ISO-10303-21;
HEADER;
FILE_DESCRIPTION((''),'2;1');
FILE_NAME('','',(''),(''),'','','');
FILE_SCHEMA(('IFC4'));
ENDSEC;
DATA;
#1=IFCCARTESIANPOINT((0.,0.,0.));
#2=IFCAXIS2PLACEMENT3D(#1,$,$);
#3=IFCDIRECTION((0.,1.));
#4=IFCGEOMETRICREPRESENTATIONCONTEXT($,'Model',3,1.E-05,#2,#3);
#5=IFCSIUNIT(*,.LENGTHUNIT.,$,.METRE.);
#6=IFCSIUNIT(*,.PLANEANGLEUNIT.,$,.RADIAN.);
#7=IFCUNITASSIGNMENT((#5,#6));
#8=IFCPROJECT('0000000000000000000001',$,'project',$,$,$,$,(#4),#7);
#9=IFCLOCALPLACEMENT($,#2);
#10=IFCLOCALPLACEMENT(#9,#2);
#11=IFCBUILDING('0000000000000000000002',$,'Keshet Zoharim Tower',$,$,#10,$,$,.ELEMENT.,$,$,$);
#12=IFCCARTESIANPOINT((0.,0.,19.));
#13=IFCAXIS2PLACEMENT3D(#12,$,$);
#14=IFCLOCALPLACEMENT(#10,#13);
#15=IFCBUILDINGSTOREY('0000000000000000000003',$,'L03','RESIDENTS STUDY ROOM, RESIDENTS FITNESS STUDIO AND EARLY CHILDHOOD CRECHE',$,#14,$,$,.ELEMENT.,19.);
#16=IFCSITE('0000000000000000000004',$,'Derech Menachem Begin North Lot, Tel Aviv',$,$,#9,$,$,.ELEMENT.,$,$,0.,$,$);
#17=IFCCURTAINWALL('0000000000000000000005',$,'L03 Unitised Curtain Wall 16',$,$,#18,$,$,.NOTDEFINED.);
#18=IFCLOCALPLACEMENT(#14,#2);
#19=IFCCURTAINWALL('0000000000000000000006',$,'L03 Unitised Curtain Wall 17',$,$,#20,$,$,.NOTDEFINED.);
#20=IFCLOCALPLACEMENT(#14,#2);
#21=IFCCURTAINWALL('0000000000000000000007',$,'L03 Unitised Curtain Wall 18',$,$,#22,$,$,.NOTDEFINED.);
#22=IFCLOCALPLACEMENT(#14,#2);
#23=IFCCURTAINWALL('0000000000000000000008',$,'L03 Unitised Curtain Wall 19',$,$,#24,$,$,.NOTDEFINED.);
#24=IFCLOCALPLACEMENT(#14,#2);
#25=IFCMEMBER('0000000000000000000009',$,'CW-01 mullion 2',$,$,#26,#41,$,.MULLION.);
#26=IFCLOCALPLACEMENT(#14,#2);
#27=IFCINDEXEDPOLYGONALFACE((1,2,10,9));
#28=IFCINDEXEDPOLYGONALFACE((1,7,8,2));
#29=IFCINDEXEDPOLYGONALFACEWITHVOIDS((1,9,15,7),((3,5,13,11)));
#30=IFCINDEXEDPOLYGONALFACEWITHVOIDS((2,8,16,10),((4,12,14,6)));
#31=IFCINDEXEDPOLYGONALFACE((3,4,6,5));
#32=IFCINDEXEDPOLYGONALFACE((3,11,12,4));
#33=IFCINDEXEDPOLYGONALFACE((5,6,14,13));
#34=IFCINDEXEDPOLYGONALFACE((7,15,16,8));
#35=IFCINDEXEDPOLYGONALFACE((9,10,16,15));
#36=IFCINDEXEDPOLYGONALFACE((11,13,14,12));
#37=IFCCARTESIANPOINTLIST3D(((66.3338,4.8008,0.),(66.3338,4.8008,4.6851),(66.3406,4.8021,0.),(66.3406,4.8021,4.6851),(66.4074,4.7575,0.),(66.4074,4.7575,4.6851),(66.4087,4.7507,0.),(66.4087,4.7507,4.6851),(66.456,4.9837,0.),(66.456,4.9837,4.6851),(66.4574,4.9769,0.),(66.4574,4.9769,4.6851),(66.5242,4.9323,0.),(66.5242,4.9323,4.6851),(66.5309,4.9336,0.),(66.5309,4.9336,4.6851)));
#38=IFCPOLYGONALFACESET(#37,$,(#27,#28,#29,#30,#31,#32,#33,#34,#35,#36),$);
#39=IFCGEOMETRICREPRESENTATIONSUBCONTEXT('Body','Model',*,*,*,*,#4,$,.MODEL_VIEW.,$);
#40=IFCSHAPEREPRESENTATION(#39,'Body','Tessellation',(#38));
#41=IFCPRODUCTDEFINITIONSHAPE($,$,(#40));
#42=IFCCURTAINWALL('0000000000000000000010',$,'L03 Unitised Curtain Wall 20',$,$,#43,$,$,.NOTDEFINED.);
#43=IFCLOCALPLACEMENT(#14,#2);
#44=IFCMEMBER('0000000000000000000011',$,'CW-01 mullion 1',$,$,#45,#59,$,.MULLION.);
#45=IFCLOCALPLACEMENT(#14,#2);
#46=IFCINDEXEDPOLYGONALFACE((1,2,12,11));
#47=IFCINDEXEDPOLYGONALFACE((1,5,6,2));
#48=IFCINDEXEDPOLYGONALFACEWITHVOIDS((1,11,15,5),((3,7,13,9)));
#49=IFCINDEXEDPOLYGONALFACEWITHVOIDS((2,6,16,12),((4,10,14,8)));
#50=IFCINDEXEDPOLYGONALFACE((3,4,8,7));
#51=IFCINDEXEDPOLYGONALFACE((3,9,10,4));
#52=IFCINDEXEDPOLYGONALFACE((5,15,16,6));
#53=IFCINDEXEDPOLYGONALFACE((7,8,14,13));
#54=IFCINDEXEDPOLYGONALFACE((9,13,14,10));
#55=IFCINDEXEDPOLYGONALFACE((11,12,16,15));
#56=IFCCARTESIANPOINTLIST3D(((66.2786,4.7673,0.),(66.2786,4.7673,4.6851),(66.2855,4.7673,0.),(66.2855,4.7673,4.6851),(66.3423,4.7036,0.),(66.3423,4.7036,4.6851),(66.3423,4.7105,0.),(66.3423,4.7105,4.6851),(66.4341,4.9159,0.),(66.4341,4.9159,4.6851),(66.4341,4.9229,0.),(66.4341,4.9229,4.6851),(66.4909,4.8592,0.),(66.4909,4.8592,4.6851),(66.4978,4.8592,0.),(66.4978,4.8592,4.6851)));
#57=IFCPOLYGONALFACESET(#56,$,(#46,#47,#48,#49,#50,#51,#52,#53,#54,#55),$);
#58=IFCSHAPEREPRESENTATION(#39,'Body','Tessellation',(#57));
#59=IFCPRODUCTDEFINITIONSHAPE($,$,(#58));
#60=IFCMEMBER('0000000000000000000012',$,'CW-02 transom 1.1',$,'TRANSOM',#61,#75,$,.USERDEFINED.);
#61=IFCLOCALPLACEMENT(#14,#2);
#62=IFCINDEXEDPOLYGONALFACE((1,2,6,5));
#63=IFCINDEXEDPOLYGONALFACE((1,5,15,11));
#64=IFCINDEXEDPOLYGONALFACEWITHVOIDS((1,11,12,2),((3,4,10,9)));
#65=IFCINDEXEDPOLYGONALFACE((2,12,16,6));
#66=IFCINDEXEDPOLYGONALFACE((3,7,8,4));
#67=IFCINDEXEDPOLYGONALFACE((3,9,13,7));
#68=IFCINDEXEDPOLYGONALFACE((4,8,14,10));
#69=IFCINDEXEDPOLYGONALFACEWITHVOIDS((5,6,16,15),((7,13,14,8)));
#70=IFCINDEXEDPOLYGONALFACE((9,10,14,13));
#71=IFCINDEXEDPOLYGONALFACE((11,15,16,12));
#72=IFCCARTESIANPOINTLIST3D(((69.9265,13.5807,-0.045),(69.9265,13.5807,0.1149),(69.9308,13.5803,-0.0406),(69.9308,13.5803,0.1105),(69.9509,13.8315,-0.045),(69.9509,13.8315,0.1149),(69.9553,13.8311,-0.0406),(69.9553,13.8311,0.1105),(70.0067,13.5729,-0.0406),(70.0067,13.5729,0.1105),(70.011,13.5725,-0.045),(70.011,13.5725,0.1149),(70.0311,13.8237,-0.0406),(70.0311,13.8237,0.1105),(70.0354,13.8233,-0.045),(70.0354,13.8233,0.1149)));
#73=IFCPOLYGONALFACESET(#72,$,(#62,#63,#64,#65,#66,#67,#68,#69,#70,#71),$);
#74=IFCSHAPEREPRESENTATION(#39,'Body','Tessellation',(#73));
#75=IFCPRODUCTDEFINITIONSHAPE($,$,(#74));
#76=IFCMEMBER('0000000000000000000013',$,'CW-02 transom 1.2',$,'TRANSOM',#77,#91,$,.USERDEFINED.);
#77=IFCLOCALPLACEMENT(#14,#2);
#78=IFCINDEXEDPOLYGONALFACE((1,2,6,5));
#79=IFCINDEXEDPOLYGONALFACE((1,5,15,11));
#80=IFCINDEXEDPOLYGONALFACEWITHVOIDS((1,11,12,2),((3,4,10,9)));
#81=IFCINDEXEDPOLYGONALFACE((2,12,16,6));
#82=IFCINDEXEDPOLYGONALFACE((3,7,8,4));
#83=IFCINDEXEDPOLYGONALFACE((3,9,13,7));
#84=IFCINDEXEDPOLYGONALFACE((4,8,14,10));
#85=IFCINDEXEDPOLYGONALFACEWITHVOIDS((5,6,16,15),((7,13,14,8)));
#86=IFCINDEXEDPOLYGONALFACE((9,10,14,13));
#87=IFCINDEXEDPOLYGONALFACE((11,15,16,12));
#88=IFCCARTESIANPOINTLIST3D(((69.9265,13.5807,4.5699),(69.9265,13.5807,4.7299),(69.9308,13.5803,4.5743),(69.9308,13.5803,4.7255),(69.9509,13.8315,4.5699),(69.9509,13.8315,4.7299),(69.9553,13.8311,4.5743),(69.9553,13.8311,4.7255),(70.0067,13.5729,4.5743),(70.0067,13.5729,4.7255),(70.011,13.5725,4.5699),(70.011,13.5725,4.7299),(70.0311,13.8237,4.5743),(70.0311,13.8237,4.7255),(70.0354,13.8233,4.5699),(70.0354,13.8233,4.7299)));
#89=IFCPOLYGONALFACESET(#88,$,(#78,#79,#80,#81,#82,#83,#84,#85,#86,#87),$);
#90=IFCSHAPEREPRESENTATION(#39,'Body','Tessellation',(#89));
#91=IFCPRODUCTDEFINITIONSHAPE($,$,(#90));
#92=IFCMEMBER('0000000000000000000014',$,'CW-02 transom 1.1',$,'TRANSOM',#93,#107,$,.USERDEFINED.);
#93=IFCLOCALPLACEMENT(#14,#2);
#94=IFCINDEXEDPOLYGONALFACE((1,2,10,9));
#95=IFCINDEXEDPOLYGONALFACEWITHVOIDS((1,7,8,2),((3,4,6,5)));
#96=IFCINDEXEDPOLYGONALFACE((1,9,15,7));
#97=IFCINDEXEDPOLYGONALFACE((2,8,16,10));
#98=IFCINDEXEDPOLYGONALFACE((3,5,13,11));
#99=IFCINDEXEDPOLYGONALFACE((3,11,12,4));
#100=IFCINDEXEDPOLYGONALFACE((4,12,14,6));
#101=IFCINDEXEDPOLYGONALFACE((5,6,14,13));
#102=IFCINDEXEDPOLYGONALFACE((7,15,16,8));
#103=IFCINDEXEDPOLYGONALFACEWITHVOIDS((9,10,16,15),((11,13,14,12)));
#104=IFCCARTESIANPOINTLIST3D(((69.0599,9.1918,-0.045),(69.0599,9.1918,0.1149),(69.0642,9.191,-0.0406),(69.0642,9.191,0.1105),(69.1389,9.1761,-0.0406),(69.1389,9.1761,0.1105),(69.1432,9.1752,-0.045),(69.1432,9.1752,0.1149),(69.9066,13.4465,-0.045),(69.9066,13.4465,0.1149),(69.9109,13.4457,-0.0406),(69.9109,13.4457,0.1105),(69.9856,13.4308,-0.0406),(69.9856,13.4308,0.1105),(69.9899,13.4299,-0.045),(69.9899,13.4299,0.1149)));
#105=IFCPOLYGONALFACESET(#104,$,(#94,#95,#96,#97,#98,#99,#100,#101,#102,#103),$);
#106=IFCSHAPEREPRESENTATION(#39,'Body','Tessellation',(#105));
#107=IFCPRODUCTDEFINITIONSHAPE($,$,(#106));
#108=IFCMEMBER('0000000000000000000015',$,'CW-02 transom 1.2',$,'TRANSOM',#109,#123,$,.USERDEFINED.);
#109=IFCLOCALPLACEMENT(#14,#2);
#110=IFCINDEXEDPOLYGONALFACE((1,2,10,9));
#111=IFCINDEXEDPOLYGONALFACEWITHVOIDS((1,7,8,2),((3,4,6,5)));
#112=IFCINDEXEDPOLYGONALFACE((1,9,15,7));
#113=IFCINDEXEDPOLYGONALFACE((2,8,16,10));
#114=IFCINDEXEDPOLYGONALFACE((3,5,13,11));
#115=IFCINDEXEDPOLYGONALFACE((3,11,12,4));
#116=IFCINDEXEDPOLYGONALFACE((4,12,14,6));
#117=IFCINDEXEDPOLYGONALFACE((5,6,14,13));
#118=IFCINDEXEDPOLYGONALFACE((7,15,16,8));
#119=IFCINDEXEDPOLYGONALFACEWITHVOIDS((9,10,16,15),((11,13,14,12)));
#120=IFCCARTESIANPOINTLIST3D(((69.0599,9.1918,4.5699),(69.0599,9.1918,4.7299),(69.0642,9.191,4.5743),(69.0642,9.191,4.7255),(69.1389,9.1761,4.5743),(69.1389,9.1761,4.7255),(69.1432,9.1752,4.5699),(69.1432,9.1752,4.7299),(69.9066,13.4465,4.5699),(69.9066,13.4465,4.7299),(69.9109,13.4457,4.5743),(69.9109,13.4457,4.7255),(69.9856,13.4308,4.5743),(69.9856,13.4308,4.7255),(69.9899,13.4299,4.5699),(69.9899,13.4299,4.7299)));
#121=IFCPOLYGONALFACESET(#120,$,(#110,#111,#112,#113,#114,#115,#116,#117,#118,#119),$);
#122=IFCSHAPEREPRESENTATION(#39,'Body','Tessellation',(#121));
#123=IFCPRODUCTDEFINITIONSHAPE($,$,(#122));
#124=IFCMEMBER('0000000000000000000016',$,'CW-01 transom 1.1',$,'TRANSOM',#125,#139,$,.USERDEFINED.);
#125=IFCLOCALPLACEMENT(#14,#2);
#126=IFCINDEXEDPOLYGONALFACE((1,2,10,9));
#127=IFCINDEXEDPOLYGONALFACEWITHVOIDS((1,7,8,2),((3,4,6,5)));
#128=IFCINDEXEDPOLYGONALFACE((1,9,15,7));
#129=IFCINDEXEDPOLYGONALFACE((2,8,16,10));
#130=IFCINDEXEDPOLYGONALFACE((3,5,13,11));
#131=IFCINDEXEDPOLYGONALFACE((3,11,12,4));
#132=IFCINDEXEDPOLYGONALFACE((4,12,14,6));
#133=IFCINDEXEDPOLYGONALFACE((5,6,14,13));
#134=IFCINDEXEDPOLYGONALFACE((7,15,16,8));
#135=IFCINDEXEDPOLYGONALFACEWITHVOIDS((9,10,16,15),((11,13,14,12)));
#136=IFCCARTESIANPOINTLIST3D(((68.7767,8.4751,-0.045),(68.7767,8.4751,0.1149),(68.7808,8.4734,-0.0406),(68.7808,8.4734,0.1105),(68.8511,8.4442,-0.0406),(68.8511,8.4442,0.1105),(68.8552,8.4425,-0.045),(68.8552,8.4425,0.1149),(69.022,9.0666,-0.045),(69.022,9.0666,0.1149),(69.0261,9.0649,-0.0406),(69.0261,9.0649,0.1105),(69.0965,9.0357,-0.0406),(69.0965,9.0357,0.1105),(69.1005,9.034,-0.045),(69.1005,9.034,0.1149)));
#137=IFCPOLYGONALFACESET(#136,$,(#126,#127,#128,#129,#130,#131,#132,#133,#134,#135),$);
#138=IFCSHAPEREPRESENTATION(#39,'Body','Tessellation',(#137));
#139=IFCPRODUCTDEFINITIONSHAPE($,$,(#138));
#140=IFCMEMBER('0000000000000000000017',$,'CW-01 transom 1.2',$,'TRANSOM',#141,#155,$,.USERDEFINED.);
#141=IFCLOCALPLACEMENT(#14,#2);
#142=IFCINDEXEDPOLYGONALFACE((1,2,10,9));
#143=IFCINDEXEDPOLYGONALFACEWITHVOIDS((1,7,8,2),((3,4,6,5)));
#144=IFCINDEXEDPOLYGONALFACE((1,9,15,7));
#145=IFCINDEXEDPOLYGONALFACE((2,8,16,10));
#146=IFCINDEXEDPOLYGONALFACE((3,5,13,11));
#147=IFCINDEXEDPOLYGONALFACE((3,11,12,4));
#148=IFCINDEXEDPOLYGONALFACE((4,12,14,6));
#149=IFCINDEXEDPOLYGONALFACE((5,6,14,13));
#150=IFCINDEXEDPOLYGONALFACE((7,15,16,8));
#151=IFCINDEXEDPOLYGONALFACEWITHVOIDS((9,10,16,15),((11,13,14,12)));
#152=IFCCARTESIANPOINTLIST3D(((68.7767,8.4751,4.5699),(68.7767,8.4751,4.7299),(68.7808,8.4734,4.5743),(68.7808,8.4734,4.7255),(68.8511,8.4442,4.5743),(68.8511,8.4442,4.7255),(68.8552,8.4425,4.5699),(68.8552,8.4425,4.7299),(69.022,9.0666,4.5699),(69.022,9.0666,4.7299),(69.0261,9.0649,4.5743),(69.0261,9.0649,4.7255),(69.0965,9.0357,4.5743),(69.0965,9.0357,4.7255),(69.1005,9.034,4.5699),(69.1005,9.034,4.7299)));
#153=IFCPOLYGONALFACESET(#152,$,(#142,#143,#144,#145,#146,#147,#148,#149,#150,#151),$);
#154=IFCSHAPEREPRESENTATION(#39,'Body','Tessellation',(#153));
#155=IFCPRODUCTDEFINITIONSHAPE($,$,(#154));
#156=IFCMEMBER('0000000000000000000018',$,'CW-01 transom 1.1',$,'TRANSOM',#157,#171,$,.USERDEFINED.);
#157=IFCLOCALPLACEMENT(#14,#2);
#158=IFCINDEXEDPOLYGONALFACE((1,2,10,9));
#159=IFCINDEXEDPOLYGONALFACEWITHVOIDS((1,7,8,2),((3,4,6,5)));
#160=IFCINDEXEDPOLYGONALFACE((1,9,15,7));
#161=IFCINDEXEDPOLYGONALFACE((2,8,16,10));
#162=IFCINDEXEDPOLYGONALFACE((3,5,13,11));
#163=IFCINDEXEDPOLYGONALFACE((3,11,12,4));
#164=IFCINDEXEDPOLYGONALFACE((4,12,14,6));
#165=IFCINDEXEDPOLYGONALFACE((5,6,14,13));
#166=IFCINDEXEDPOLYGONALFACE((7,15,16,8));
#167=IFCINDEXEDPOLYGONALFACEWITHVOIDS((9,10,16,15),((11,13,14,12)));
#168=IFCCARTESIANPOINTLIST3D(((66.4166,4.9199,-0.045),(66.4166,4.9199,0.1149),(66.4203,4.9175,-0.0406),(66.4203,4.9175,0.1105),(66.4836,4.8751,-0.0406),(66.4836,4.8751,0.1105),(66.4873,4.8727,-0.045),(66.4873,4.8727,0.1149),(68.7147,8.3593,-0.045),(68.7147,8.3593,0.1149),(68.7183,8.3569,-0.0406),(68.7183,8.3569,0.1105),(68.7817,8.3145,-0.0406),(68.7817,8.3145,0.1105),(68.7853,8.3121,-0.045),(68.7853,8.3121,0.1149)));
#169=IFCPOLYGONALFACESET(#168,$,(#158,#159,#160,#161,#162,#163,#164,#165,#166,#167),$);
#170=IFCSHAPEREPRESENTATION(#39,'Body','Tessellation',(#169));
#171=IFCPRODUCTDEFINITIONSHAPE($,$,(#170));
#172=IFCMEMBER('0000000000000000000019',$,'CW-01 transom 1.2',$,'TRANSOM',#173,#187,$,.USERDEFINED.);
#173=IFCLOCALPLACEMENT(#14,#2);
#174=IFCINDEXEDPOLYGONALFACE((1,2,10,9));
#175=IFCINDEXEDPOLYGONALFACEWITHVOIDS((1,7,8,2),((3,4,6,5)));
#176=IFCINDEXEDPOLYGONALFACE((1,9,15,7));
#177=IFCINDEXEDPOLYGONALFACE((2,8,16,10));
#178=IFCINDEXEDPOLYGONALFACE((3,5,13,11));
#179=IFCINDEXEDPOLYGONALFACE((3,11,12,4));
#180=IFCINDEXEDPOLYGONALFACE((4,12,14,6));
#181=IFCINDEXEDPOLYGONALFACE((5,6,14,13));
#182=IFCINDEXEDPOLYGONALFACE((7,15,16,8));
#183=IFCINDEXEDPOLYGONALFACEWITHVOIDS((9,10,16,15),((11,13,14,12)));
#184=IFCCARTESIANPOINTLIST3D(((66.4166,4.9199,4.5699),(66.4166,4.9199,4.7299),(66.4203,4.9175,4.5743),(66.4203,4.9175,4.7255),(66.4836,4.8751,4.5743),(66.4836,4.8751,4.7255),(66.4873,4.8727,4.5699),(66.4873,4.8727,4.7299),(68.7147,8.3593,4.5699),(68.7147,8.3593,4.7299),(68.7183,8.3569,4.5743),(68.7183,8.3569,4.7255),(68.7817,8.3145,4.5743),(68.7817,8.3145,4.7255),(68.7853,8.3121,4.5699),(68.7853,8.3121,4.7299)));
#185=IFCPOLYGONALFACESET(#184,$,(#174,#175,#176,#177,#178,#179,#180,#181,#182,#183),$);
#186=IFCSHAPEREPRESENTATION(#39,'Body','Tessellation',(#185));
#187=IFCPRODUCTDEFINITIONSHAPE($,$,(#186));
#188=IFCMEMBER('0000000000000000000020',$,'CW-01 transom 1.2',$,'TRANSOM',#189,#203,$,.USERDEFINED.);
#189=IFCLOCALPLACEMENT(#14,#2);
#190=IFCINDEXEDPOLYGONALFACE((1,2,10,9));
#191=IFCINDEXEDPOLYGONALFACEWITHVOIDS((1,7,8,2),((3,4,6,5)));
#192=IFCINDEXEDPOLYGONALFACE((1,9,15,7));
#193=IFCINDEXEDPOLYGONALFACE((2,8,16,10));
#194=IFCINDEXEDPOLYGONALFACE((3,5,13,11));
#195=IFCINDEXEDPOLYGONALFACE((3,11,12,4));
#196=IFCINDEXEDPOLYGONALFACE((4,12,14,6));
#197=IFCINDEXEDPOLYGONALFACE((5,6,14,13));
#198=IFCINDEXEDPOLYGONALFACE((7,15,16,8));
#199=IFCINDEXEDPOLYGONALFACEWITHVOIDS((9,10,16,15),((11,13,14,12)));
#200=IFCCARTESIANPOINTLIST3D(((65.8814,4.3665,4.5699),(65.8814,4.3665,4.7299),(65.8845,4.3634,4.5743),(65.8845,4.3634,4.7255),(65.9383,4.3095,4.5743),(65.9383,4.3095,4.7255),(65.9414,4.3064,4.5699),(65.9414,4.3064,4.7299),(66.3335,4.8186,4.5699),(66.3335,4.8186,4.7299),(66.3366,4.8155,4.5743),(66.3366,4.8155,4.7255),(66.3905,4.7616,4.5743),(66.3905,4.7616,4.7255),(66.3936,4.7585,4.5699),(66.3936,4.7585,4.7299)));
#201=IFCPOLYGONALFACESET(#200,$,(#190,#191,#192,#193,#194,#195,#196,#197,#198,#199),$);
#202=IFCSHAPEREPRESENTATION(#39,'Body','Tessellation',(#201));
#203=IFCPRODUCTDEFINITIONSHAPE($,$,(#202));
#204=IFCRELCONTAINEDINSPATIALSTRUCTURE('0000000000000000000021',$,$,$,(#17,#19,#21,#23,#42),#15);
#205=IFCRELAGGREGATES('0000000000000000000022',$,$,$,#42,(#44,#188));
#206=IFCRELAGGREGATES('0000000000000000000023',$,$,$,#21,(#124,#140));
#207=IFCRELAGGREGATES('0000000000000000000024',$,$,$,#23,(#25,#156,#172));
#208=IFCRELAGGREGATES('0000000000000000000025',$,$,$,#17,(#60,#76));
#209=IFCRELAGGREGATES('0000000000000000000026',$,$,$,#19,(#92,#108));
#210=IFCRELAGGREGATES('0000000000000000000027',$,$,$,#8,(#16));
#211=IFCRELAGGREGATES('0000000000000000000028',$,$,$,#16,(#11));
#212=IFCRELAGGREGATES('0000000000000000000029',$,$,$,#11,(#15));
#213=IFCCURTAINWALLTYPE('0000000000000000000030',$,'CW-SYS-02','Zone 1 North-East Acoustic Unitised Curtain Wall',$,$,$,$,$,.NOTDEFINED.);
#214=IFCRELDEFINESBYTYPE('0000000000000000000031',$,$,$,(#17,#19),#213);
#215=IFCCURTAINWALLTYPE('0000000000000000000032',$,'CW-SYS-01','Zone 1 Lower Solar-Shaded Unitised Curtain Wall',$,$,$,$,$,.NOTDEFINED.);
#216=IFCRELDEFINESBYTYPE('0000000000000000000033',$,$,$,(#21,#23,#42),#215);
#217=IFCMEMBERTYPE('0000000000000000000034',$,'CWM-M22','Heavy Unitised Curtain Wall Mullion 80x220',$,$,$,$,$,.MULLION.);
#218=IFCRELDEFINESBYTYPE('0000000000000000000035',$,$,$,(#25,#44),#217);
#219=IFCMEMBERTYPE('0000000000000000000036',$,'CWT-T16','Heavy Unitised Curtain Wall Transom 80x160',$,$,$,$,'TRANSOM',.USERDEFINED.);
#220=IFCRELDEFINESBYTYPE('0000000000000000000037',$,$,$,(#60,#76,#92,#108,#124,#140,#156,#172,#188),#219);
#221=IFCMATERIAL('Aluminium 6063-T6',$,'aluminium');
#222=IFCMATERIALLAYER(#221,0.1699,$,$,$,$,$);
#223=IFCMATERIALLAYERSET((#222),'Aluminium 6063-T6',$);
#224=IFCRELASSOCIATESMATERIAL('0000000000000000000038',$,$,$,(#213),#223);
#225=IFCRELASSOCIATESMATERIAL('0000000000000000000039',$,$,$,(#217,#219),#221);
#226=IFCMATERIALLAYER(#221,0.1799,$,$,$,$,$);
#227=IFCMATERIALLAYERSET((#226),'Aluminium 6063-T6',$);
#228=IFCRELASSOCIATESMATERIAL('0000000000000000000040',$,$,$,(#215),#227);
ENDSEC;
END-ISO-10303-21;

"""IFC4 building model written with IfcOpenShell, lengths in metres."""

from ifc_helpers import new_model, si_unit, direction, frame, origin, origin_2d, place, context, subcontext, project, spatial, hollow_rectangle, extrude, material, layer, layer_set, material_profile, profile_set, type_object, element, aggregate, save


model = new_model("IFC4")

# Units and contexts
model_context = context("Model", 3, precision=1e-05, world=origin(), true_north=direction((0.0, 1.0)))
body_context = subcontext(model_context, "Body", "Model", "MODEL_VIEW")
ifc_project = project(units=[si_unit("LENGTHUNIT", "METRE"), si_unit("PLANEANGLEUNIT", "RADIAN")], contexts=[model_context])

# Site, building, storey
site_placement = place(None, origin())
site = spatial("IfcSite", under=ifc_project, at=site_placement, Name="Derech Menachem Begin North Lot, Tel Aviv", CompositionType="ELEMENT", RefElevation=0.0)
building_placement = place(site_placement, origin())
building = spatial("IfcBuilding", under=site, at=building_placement, Name="Keshet Zoharim Tower", CompositionType="ELEMENT")
storey_placement = place(building_placement, frame((0.0, 0.0, 19.0)))
storey = spatial("IfcBuildingStorey", under=building, at=storey_placement, Name="L03", Description="RESIDENTS STUDY ROOM, RESIDENTS FITNESS STUDIO AND EARLY CHILDHOOD CRECHE", CompositionType="ELEMENT", Elevation=19.0)

# Shared definitions
ifc_material_1 = material(Name="Aluminium 6063-T6", Category="aluminium")
ifc_layer_1 = layer(ifc_material_1, 0.1699)
ifc_layer_set_1 = layer_set([ifc_layer_1], Name="Aluminium 6063-T6")
curtain_wall_type_1 = type_object("IfcCurtainWallType", Name="CW-SYS-02", Description="Zone 1 North-East Acoustic Unitised Curtain Wall", PredefinedType="NOTDEFINED", material=ifc_layer_set_1)
ifc_material_profile_1 = material_profile(ifc_material_1, hollow_rectangle(XDim=0.0901, YDim=0.22, WallThickness=0.0049, at=origin_2d()), Name="MUL-90x220")
ifc_profile_set_1 = profile_set([ifc_material_profile_1], Name="Aluminium 6063-T6")
member_type_1 = type_object("IfcMemberType", Name="CWM-M22", Description="Heavy Unitised Curtain Wall Mullion 80x220", PredefinedType="MULLION", material=ifc_profile_set_1)

# Curtain walls, member
curtain_wall_1_placement = place(storey_placement, origin())
curtain_wall_1 = element("IfcCurtainWall", 1, at=curtain_wall_1_placement, inside=storey, type_object=curtain_wall_type_1, Name="L03 Unitised Curtain Wall 16", PredefinedType="NOTDEFINED")
curtain_wall_2_placement = place(storey_placement, origin())
curtain_wall_2 = element("IfcCurtainWall", 2, at=curtain_wall_2_placement, inside=storey, type_object=curtain_wall_type_1, Name="L03 Unitised Curtain Wall 17", PredefinedType="NOTDEFINED")
ifc_layer_2 = layer(ifc_material_1, 0.1799)
ifc_layer_set_2 = layer_set([ifc_layer_2], Name="Aluminium 6063-T6")
curtain_wall_type_2 = type_object("IfcCurtainWallType", Name="CW-SYS-01", Description="Zone 1 Lower Solar-Shaded Unitised Curtain Wall", PredefinedType="NOTDEFINED", material=ifc_layer_set_2)
curtain_wall_3_placement = place(storey_placement, origin())
curtain_wall_3 = element("IfcCurtainWall", 3, at=curtain_wall_3_placement, inside=storey, type_object=curtain_wall_type_2, Name="L03 Unitised Curtain Wall 18", PredefinedType="NOTDEFINED")
curtain_wall_4_placement = place(storey_placement, origin())
curtain_wall_4 = element("IfcCurtainWall", 4, at=curtain_wall_4_placement, inside=storey, type_object=curtain_wall_type_2, Name="L03 Unitised Curtain Wall 19", PredefinedType="NOTDEFINED")
member_1_placement = place(storey_placement, frame((66.4324, 4.8672, 0.0), z_axis=(0.0, 0.0, 1.0), x_axis=(0.831474, -0.555563, 0.0)))
member_1 = element("IfcMember", 5, at=member_1_placement, type_object=member_type_1, Name="CW-01 mullion 2", PredefinedType="MULLION", context=body_context, shape_type="SweptSolid", body=[
    extrude(hollow_rectangle(XDim=0.0901, YDim=0.22, WallThickness=0.0049, at=origin_2d()), origin(), (0.0, 0.0, 1.0), 4.6851),
])

# Curtain wall, member
curtain_wall_5_placement = place(storey_placement, origin())
curtain_wall_5 = element("IfcCurtainWall", 6, at=curtain_wall_5_placement, inside=storey, type_object=curtain_wall_type_2, Name="L03 Unitised Curtain Wall 20", PredefinedType="NOTDEFINED")
member_2_placement = place(storey_placement, frame((66.3882, 4.8132, 0.0), z_axis=(0.0, 0.0, 1.0), x_axis=(0.707107, -0.707107, 0.0)))
member_2 = element("IfcMember", 7, at=member_2_placement, type_object=member_type_1, Name="CW-01 mullion 1", PredefinedType="MULLION", context=body_context, shape_type="SweptSolid", body=[
    extrude(hollow_rectangle(XDim=0.0901, YDim=0.22, WallThickness=0.0049, at=origin_2d()), origin(), (0.0, 0.0, 1.0), 4.6851),
])

# Members
ifc_material_profile_2 = material_profile(ifc_material_1, hollow_rectangle(XDim=0.085, YDim=0.1599, WallThickness=0.0044, at=origin_2d()), Name="TRN-85x160")
ifc_profile_set_2 = profile_set([ifc_material_profile_2], Name="Aluminium 6063-T6")
member_type_2 = type_object("IfcMemberType", Name="CWT-T16", Description="Heavy Unitised Curtain Wall Transom 80x160", ElementType="TRANSOM", PredefinedType="USERDEFINED", material=ifc_profile_set_2)
member_3_placement = place(storey_placement, frame((69.9932, 13.8274, 0.0349), z_axis=(-0.096913, -0.995293, 0.0), x_axis=(0.995293, -0.096913, 0.0)))
member_3 = element("IfcMember", 8, at=member_3_placement, type_object=member_type_2, Name="CW-02 transom 1.1", ObjectType="TRANSOM", PredefinedType="USERDEFINED", context=body_context, shape_type="SweptSolid", body=[
    extrude(hollow_rectangle(XDim=0.085, YDim=0.1599, WallThickness=0.0044, at=origin_2d()), origin(), (0.0, 0.0, 1.0), 0.252),
])
member_4_placement = place(storey_placement, frame((69.9932, 13.8274, 4.6499), z_axis=(-0.096913, -0.995293, 0.0), x_axis=(0.995293, -0.096913, 0.0)))
member_4 = element("IfcMember", 9, at=member_4_placement, type_object=member_type_2, Name="CW-02 transom 1.2", ObjectType="TRANSOM", PredefinedType="USERDEFINED", context=body_context, shape_type="SweptSolid", body=[
    extrude(hollow_rectangle(XDim=0.085, YDim=0.1599, WallThickness=0.0044, at=origin_2d()), origin(), (0.0, 0.0, 1.0), 0.252),
])
member_5_placement = place(storey_placement, frame((69.9482, 13.4382, 0.0349), z_axis=(-0.195174, -0.980769, 0.0), x_axis=(0.980769, -0.195174, 0.0)))
member_5 = element("IfcMember", 10, at=member_5_placement, type_object=member_type_2, Name="CW-02 transom 1.1", ObjectType="TRANSOM", PredefinedType="USERDEFINED", context=body_context, shape_type="SweptSolid", body=[
    extrude(hollow_rectangle(XDim=0.085, YDim=0.1599, WallThickness=0.0044, at=origin_2d()), origin(), (0.0, 0.0, 1.0), 4.3381),
])
member_6_placement = place(storey_placement, frame((69.9482, 13.4382, 4.6499), z_axis=(-0.195174, -0.980769, 0.0), x_axis=(0.980769, -0.195174, 0.0)))
member_6 = element("IfcMember", 11, at=member_6_placement, type_object=member_type_2, Name="CW-02 transom 1.2", ObjectType="TRANSOM", PredefinedType="USERDEFINED", context=body_context, shape_type="SweptSolid", body=[
    extrude(hollow_rectangle(XDim=0.085, YDim=0.1599, WallThickness=0.0044, at=origin_2d()), origin(), (0.0, 0.0, 1.0), 4.3381),
])
member_7_placement = place(storey_placement, frame((69.0613, 9.0503, 0.0349), z_axis=(-0.383126, -0.923696, 0.0), x_axis=(0.923696, -0.383126, 0.0)))
member_7 = element("IfcMember", 12, at=member_7_placement, type_object=member_type_2, Name="CW-01 transom 1.1", ObjectType="TRANSOM", PredefinedType="USERDEFINED", context=body_context, shape_type="SweptSolid", body=[
    extrude(hollow_rectangle(XDim=0.085, YDim=0.1599, WallThickness=0.0044, at=origin_2d()), origin(), (0.0, 0.0, 1.0), 0.6404),
])
member_8_placement = place(storey_placement, frame((69.0613, 9.0503, 4.6499), z_axis=(-0.383126, -0.923696, 0.0), x_axis=(0.923696, -0.383126, 0.0)))
member_8 = element("IfcMember", 13, at=member_8_placement, type_object=member_type_2, Name="CW-01 transom 1.2", ObjectType="TRANSOM", PredefinedType="USERDEFINED", context=body_context, shape_type="SweptSolid", body=[
    extrude(hollow_rectangle(XDim=0.085, YDim=0.1599, WallThickness=0.0044, at=origin_2d()), origin(), (0.0, 0.0, 1.0), 0.6404),
])
member_9_placement = place(storey_placement, frame((68.75, 8.3357, 0.0349), z_axis=(-0.555558, -0.831478, 0.0), x_axis=(0.831478, -0.555558, 0.0)))
member_9 = element("IfcMember", 14, at=member_9_placement, type_object=member_type_2, Name="CW-01 transom 1.1", ObjectType="TRANSOM", PredefinedType="USERDEFINED", context=body_context, shape_type="SweptSolid", body=[
    extrude(hollow_rectangle(XDim=0.085, YDim=0.1599, WallThickness=0.0044, at=origin_2d()), origin(), (0.0, 0.0, 1.0), 4.1365),
])
member_10_placement = place(storey_placement, frame((68.75, 8.3357, 4.6499), z_axis=(-0.555558, -0.831478, 0.0), x_axis=(0.831478, -0.555558, 0.0)))
member_10 = element("IfcMember", 15, at=member_10_placement, type_object=member_type_2, Name="CW-01 transom 1.2", ObjectType="TRANSOM", PredefinedType="USERDEFINED", context=body_context, shape_type="SweptSolid", body=[
    extrude(hollow_rectangle(XDim=0.085, YDim=0.1599, WallThickness=0.0044, at=origin_2d()), origin(), (0.0, 0.0, 1.0), 4.1365),
])
member_11_placement = place(storey_placement, frame((66.3635, 4.7886, 4.6499), z_axis=(-0.707107, -0.707107, 0.0), x_axis=(0.707107, -0.707107, 0.0)))
member_11 = element("IfcMember", 16, at=member_11_placement, type_object=member_type_2, Name="CW-01 transom 1.2", ObjectType="TRANSOM", PredefinedType="USERDEFINED", context=body_context, shape_type="SweptSolid", body=[
    extrude(hollow_rectangle(XDim=0.085, YDim=0.1599, WallThickness=0.0044, at=origin_2d()), origin(), (0.0, 0.0, 1.0), 0.6394),
])
aggregate(curtain_wall_5, [member_2, member_11])

aggregate(curtain_wall_3, [member_7, member_8])
aggregate(curtain_wall_4, [member_1, member_9, member_10])
aggregate(curtain_wall_1, [member_3, member_4])
aggregate(curtain_wall_2, [member_5, member_6])

save(model, "model.ifc")
